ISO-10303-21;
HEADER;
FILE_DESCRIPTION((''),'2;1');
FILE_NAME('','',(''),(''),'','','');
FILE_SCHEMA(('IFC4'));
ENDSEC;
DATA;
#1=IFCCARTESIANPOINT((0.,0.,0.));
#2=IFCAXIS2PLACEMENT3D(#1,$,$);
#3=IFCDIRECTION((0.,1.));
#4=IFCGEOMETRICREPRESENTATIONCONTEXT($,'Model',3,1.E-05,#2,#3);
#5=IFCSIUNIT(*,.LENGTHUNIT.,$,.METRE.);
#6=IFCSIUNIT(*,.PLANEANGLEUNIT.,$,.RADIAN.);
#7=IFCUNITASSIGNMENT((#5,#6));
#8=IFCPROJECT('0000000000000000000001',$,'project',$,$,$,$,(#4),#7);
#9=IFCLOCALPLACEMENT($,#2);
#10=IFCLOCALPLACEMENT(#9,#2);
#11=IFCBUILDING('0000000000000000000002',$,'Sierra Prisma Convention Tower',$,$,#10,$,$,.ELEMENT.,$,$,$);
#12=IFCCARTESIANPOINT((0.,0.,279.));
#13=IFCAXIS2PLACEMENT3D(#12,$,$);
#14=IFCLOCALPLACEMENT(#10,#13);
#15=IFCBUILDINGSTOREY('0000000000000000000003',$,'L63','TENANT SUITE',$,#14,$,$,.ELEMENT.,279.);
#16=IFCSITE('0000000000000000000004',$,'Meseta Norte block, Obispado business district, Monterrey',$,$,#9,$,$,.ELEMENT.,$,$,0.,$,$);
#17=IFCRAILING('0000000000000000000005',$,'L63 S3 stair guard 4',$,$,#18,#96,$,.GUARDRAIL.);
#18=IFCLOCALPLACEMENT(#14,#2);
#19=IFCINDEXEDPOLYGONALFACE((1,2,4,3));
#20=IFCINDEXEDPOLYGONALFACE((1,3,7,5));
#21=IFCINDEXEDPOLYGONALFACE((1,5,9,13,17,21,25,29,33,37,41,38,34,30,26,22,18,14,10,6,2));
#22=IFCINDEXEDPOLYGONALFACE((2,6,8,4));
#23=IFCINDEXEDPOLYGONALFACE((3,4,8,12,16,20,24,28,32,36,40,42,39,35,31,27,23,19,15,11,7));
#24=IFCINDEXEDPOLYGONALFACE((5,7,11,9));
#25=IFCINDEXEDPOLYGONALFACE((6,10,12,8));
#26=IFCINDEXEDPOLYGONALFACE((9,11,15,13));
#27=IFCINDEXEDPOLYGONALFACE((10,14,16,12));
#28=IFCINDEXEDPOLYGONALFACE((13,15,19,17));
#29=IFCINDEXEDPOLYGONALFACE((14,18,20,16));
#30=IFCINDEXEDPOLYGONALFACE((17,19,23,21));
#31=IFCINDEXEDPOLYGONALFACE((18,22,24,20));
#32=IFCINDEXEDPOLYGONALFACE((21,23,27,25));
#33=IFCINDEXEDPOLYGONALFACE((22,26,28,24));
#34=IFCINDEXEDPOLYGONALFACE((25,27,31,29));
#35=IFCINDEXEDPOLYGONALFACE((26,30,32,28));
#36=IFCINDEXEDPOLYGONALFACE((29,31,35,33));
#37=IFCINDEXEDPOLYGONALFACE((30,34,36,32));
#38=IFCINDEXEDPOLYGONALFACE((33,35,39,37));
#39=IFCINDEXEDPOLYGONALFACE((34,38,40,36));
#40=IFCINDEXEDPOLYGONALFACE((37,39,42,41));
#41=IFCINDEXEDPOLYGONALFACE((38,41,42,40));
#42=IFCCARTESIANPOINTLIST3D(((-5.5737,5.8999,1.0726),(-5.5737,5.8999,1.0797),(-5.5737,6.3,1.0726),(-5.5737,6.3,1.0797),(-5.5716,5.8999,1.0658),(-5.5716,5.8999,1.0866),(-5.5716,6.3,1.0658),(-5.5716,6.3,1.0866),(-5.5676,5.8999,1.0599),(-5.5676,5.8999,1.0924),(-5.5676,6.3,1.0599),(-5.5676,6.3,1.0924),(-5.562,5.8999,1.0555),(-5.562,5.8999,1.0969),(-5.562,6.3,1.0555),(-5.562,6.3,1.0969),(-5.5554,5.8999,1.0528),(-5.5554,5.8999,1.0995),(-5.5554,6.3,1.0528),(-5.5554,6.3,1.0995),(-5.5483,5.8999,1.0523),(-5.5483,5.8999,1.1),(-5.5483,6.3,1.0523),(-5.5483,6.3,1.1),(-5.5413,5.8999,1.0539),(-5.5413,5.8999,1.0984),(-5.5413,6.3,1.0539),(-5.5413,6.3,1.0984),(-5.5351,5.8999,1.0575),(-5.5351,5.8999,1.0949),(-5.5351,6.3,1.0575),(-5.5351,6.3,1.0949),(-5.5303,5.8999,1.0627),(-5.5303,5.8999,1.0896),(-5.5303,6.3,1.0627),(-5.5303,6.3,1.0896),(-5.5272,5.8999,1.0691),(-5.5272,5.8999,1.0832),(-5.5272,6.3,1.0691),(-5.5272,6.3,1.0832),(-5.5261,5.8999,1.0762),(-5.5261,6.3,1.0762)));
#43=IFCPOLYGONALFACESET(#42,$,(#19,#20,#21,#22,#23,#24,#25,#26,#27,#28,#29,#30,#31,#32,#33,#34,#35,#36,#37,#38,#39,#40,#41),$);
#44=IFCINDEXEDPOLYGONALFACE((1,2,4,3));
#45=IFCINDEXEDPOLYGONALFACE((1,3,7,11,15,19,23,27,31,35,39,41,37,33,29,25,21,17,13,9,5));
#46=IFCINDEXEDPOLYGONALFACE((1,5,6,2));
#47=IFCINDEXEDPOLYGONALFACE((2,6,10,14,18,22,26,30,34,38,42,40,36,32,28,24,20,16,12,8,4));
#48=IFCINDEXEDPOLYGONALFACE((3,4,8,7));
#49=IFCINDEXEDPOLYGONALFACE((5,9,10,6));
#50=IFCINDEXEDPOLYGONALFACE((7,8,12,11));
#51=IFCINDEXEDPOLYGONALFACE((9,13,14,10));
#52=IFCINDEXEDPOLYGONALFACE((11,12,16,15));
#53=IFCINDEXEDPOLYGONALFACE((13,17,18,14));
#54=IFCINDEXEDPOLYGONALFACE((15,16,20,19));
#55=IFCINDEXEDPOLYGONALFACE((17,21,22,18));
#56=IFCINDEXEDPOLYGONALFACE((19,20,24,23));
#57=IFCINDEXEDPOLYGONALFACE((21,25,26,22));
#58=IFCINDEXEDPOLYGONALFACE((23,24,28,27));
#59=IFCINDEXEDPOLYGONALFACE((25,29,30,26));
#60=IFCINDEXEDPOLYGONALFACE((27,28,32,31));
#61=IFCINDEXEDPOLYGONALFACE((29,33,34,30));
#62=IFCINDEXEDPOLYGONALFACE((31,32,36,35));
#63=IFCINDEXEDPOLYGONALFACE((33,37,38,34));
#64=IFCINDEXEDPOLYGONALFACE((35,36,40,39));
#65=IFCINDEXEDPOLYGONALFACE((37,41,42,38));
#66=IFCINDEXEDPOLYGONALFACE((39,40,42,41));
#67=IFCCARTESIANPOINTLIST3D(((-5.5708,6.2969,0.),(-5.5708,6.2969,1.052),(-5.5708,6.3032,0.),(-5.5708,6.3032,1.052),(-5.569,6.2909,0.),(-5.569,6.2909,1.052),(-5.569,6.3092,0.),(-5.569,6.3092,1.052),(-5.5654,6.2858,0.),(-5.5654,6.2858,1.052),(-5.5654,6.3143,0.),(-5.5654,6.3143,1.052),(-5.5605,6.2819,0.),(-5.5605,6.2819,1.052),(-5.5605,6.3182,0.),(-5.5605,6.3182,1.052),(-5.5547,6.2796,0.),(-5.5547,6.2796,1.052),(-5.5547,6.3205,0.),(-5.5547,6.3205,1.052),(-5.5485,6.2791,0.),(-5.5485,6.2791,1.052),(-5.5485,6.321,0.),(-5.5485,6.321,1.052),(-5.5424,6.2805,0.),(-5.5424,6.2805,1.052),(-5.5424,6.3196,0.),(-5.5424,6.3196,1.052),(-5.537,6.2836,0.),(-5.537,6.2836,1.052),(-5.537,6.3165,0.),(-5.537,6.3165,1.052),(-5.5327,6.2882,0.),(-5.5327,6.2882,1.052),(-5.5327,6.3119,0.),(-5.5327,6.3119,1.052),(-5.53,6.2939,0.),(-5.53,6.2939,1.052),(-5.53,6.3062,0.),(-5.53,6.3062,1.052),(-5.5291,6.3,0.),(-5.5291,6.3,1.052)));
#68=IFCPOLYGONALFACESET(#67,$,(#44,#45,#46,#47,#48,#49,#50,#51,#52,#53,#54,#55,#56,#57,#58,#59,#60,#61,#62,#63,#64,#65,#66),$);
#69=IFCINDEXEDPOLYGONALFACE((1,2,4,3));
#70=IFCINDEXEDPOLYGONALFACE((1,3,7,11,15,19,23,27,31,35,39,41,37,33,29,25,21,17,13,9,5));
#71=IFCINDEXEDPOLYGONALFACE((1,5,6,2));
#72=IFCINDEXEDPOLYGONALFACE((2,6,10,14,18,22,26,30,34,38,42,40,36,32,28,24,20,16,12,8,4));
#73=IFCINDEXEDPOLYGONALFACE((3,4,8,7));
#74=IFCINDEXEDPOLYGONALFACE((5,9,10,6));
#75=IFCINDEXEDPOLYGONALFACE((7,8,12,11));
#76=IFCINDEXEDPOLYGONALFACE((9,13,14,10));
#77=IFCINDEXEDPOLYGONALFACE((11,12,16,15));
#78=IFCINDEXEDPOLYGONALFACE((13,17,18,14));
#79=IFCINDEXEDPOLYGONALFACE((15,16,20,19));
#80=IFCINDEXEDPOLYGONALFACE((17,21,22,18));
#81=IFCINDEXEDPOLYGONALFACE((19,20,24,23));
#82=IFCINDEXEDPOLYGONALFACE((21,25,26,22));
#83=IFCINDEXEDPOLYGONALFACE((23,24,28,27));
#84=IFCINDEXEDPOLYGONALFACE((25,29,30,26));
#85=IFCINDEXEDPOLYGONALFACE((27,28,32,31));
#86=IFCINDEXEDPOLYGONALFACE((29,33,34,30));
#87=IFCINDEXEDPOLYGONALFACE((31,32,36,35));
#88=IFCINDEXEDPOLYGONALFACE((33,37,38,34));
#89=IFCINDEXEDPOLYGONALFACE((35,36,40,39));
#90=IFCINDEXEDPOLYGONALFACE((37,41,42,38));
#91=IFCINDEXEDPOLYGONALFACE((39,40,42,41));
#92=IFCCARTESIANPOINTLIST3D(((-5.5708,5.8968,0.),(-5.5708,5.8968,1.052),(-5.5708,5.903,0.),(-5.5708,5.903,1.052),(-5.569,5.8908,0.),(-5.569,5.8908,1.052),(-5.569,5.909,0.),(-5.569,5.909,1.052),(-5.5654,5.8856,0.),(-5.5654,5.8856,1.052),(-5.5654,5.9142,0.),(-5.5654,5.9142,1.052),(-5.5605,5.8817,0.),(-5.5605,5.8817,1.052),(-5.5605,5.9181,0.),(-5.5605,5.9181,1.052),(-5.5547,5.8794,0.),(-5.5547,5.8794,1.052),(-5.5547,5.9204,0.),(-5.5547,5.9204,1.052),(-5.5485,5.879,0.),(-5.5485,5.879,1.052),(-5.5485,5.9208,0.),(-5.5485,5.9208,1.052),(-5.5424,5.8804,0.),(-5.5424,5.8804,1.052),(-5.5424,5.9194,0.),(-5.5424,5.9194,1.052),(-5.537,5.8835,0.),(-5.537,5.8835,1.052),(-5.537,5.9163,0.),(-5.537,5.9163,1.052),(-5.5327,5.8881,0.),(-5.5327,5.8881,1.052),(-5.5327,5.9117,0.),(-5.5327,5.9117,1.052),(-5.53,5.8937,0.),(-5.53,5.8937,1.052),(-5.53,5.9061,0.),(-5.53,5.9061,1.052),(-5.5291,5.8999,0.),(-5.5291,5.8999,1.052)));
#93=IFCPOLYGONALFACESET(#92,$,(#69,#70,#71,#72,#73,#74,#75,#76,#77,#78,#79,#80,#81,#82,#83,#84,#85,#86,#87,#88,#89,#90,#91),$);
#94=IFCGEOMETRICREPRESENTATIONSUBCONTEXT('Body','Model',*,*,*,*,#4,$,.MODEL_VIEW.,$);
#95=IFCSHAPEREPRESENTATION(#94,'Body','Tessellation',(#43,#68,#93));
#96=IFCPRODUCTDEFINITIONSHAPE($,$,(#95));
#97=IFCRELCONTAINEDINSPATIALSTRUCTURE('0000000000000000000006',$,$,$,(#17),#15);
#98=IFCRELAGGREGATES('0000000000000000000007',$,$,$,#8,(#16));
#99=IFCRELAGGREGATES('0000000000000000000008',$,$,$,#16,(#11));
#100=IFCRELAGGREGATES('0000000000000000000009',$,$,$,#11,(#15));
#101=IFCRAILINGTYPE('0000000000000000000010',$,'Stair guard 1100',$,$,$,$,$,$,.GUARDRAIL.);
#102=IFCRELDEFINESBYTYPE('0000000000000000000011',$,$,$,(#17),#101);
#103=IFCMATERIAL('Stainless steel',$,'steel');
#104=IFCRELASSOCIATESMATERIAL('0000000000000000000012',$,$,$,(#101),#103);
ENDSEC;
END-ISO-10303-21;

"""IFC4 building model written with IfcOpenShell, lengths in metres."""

from ifc_helpers import new_model, si_unit, direction, frame, origin, origin_2d, place, context, subcontext, project, spatial, circle, extrude, material, type_object, element, save


model = new_model("IFC4")

# Units and contexts
model_context = context("Model", 3, precision=1e-05, world=origin(), true_north=direction((0.0, 1.0)))
body_context = subcontext(model_context, "Body", "Model", "MODEL_VIEW")
ifc_project = project(units=[si_unit("LENGTHUNIT", "METRE"), si_unit("PLANEANGLEUNIT", "RADIAN")], contexts=[model_context])

# Site, building, storey
site_placement = place(None, origin())
site = spatial("IfcSite", under=ifc_project, at=site_placement, Name="Meseta Norte block, Obispado business district, Monterrey", CompositionType="ELEMENT", RefElevation=0.0)
building_placement = place(site_placement, origin())
building = spatial("IfcBuilding", under=site, at=building_placement, Name="Sierra Prisma Convention Tower", CompositionType="ELEMENT")
storey_placement = place(building_placement, frame((0.0, 0.0, 279.0)))
storey = spatial("IfcBuildingStorey", under=building, at=storey_placement, Name="L63", Description="TENANT SUITE", CompositionType="ELEMENT", Elevation=279.0)

# Railing
ifc_material_1 = material(Name="Stainless steel", Category="steel")
railing_type_1 = type_object("IfcRailingType", Name="Stair guard 1100", PredefinedType="GUARDRAIL", material=ifc_material_1)
railing_1_placement = place(storey_placement, frame((-5.55, 6.3, 0.0)))
element("IfcRailing", 1, at=railing_1_placement, inside=storey, type_object=railing_type_1, Name="L63 S3 stair guard 4", PredefinedType="GUARDRAIL", context=body_context, shape_type="SweptSolid", body=[
    extrude(circle(Radius=0.0239, at=origin_2d()), frame((0.0, 0.0, 1.0762), z_axis=(0.0, -1.0, 0.0), x_axis=(1.0, 0.0, 0.0)), (0.0, 0.0, 1.0), 0.4001),
    extrude(circle(Radius=0.021, at=origin_2d()), origin(), (0.0, 0.0, 1.0), 1.052),
    extrude(circle(Radius=0.021, at=origin_2d()), frame((0.0, -0.4001, 0.0)), (0.0, 0.0, 1.0), 1.052),
])

save(model, "model.ifc")
